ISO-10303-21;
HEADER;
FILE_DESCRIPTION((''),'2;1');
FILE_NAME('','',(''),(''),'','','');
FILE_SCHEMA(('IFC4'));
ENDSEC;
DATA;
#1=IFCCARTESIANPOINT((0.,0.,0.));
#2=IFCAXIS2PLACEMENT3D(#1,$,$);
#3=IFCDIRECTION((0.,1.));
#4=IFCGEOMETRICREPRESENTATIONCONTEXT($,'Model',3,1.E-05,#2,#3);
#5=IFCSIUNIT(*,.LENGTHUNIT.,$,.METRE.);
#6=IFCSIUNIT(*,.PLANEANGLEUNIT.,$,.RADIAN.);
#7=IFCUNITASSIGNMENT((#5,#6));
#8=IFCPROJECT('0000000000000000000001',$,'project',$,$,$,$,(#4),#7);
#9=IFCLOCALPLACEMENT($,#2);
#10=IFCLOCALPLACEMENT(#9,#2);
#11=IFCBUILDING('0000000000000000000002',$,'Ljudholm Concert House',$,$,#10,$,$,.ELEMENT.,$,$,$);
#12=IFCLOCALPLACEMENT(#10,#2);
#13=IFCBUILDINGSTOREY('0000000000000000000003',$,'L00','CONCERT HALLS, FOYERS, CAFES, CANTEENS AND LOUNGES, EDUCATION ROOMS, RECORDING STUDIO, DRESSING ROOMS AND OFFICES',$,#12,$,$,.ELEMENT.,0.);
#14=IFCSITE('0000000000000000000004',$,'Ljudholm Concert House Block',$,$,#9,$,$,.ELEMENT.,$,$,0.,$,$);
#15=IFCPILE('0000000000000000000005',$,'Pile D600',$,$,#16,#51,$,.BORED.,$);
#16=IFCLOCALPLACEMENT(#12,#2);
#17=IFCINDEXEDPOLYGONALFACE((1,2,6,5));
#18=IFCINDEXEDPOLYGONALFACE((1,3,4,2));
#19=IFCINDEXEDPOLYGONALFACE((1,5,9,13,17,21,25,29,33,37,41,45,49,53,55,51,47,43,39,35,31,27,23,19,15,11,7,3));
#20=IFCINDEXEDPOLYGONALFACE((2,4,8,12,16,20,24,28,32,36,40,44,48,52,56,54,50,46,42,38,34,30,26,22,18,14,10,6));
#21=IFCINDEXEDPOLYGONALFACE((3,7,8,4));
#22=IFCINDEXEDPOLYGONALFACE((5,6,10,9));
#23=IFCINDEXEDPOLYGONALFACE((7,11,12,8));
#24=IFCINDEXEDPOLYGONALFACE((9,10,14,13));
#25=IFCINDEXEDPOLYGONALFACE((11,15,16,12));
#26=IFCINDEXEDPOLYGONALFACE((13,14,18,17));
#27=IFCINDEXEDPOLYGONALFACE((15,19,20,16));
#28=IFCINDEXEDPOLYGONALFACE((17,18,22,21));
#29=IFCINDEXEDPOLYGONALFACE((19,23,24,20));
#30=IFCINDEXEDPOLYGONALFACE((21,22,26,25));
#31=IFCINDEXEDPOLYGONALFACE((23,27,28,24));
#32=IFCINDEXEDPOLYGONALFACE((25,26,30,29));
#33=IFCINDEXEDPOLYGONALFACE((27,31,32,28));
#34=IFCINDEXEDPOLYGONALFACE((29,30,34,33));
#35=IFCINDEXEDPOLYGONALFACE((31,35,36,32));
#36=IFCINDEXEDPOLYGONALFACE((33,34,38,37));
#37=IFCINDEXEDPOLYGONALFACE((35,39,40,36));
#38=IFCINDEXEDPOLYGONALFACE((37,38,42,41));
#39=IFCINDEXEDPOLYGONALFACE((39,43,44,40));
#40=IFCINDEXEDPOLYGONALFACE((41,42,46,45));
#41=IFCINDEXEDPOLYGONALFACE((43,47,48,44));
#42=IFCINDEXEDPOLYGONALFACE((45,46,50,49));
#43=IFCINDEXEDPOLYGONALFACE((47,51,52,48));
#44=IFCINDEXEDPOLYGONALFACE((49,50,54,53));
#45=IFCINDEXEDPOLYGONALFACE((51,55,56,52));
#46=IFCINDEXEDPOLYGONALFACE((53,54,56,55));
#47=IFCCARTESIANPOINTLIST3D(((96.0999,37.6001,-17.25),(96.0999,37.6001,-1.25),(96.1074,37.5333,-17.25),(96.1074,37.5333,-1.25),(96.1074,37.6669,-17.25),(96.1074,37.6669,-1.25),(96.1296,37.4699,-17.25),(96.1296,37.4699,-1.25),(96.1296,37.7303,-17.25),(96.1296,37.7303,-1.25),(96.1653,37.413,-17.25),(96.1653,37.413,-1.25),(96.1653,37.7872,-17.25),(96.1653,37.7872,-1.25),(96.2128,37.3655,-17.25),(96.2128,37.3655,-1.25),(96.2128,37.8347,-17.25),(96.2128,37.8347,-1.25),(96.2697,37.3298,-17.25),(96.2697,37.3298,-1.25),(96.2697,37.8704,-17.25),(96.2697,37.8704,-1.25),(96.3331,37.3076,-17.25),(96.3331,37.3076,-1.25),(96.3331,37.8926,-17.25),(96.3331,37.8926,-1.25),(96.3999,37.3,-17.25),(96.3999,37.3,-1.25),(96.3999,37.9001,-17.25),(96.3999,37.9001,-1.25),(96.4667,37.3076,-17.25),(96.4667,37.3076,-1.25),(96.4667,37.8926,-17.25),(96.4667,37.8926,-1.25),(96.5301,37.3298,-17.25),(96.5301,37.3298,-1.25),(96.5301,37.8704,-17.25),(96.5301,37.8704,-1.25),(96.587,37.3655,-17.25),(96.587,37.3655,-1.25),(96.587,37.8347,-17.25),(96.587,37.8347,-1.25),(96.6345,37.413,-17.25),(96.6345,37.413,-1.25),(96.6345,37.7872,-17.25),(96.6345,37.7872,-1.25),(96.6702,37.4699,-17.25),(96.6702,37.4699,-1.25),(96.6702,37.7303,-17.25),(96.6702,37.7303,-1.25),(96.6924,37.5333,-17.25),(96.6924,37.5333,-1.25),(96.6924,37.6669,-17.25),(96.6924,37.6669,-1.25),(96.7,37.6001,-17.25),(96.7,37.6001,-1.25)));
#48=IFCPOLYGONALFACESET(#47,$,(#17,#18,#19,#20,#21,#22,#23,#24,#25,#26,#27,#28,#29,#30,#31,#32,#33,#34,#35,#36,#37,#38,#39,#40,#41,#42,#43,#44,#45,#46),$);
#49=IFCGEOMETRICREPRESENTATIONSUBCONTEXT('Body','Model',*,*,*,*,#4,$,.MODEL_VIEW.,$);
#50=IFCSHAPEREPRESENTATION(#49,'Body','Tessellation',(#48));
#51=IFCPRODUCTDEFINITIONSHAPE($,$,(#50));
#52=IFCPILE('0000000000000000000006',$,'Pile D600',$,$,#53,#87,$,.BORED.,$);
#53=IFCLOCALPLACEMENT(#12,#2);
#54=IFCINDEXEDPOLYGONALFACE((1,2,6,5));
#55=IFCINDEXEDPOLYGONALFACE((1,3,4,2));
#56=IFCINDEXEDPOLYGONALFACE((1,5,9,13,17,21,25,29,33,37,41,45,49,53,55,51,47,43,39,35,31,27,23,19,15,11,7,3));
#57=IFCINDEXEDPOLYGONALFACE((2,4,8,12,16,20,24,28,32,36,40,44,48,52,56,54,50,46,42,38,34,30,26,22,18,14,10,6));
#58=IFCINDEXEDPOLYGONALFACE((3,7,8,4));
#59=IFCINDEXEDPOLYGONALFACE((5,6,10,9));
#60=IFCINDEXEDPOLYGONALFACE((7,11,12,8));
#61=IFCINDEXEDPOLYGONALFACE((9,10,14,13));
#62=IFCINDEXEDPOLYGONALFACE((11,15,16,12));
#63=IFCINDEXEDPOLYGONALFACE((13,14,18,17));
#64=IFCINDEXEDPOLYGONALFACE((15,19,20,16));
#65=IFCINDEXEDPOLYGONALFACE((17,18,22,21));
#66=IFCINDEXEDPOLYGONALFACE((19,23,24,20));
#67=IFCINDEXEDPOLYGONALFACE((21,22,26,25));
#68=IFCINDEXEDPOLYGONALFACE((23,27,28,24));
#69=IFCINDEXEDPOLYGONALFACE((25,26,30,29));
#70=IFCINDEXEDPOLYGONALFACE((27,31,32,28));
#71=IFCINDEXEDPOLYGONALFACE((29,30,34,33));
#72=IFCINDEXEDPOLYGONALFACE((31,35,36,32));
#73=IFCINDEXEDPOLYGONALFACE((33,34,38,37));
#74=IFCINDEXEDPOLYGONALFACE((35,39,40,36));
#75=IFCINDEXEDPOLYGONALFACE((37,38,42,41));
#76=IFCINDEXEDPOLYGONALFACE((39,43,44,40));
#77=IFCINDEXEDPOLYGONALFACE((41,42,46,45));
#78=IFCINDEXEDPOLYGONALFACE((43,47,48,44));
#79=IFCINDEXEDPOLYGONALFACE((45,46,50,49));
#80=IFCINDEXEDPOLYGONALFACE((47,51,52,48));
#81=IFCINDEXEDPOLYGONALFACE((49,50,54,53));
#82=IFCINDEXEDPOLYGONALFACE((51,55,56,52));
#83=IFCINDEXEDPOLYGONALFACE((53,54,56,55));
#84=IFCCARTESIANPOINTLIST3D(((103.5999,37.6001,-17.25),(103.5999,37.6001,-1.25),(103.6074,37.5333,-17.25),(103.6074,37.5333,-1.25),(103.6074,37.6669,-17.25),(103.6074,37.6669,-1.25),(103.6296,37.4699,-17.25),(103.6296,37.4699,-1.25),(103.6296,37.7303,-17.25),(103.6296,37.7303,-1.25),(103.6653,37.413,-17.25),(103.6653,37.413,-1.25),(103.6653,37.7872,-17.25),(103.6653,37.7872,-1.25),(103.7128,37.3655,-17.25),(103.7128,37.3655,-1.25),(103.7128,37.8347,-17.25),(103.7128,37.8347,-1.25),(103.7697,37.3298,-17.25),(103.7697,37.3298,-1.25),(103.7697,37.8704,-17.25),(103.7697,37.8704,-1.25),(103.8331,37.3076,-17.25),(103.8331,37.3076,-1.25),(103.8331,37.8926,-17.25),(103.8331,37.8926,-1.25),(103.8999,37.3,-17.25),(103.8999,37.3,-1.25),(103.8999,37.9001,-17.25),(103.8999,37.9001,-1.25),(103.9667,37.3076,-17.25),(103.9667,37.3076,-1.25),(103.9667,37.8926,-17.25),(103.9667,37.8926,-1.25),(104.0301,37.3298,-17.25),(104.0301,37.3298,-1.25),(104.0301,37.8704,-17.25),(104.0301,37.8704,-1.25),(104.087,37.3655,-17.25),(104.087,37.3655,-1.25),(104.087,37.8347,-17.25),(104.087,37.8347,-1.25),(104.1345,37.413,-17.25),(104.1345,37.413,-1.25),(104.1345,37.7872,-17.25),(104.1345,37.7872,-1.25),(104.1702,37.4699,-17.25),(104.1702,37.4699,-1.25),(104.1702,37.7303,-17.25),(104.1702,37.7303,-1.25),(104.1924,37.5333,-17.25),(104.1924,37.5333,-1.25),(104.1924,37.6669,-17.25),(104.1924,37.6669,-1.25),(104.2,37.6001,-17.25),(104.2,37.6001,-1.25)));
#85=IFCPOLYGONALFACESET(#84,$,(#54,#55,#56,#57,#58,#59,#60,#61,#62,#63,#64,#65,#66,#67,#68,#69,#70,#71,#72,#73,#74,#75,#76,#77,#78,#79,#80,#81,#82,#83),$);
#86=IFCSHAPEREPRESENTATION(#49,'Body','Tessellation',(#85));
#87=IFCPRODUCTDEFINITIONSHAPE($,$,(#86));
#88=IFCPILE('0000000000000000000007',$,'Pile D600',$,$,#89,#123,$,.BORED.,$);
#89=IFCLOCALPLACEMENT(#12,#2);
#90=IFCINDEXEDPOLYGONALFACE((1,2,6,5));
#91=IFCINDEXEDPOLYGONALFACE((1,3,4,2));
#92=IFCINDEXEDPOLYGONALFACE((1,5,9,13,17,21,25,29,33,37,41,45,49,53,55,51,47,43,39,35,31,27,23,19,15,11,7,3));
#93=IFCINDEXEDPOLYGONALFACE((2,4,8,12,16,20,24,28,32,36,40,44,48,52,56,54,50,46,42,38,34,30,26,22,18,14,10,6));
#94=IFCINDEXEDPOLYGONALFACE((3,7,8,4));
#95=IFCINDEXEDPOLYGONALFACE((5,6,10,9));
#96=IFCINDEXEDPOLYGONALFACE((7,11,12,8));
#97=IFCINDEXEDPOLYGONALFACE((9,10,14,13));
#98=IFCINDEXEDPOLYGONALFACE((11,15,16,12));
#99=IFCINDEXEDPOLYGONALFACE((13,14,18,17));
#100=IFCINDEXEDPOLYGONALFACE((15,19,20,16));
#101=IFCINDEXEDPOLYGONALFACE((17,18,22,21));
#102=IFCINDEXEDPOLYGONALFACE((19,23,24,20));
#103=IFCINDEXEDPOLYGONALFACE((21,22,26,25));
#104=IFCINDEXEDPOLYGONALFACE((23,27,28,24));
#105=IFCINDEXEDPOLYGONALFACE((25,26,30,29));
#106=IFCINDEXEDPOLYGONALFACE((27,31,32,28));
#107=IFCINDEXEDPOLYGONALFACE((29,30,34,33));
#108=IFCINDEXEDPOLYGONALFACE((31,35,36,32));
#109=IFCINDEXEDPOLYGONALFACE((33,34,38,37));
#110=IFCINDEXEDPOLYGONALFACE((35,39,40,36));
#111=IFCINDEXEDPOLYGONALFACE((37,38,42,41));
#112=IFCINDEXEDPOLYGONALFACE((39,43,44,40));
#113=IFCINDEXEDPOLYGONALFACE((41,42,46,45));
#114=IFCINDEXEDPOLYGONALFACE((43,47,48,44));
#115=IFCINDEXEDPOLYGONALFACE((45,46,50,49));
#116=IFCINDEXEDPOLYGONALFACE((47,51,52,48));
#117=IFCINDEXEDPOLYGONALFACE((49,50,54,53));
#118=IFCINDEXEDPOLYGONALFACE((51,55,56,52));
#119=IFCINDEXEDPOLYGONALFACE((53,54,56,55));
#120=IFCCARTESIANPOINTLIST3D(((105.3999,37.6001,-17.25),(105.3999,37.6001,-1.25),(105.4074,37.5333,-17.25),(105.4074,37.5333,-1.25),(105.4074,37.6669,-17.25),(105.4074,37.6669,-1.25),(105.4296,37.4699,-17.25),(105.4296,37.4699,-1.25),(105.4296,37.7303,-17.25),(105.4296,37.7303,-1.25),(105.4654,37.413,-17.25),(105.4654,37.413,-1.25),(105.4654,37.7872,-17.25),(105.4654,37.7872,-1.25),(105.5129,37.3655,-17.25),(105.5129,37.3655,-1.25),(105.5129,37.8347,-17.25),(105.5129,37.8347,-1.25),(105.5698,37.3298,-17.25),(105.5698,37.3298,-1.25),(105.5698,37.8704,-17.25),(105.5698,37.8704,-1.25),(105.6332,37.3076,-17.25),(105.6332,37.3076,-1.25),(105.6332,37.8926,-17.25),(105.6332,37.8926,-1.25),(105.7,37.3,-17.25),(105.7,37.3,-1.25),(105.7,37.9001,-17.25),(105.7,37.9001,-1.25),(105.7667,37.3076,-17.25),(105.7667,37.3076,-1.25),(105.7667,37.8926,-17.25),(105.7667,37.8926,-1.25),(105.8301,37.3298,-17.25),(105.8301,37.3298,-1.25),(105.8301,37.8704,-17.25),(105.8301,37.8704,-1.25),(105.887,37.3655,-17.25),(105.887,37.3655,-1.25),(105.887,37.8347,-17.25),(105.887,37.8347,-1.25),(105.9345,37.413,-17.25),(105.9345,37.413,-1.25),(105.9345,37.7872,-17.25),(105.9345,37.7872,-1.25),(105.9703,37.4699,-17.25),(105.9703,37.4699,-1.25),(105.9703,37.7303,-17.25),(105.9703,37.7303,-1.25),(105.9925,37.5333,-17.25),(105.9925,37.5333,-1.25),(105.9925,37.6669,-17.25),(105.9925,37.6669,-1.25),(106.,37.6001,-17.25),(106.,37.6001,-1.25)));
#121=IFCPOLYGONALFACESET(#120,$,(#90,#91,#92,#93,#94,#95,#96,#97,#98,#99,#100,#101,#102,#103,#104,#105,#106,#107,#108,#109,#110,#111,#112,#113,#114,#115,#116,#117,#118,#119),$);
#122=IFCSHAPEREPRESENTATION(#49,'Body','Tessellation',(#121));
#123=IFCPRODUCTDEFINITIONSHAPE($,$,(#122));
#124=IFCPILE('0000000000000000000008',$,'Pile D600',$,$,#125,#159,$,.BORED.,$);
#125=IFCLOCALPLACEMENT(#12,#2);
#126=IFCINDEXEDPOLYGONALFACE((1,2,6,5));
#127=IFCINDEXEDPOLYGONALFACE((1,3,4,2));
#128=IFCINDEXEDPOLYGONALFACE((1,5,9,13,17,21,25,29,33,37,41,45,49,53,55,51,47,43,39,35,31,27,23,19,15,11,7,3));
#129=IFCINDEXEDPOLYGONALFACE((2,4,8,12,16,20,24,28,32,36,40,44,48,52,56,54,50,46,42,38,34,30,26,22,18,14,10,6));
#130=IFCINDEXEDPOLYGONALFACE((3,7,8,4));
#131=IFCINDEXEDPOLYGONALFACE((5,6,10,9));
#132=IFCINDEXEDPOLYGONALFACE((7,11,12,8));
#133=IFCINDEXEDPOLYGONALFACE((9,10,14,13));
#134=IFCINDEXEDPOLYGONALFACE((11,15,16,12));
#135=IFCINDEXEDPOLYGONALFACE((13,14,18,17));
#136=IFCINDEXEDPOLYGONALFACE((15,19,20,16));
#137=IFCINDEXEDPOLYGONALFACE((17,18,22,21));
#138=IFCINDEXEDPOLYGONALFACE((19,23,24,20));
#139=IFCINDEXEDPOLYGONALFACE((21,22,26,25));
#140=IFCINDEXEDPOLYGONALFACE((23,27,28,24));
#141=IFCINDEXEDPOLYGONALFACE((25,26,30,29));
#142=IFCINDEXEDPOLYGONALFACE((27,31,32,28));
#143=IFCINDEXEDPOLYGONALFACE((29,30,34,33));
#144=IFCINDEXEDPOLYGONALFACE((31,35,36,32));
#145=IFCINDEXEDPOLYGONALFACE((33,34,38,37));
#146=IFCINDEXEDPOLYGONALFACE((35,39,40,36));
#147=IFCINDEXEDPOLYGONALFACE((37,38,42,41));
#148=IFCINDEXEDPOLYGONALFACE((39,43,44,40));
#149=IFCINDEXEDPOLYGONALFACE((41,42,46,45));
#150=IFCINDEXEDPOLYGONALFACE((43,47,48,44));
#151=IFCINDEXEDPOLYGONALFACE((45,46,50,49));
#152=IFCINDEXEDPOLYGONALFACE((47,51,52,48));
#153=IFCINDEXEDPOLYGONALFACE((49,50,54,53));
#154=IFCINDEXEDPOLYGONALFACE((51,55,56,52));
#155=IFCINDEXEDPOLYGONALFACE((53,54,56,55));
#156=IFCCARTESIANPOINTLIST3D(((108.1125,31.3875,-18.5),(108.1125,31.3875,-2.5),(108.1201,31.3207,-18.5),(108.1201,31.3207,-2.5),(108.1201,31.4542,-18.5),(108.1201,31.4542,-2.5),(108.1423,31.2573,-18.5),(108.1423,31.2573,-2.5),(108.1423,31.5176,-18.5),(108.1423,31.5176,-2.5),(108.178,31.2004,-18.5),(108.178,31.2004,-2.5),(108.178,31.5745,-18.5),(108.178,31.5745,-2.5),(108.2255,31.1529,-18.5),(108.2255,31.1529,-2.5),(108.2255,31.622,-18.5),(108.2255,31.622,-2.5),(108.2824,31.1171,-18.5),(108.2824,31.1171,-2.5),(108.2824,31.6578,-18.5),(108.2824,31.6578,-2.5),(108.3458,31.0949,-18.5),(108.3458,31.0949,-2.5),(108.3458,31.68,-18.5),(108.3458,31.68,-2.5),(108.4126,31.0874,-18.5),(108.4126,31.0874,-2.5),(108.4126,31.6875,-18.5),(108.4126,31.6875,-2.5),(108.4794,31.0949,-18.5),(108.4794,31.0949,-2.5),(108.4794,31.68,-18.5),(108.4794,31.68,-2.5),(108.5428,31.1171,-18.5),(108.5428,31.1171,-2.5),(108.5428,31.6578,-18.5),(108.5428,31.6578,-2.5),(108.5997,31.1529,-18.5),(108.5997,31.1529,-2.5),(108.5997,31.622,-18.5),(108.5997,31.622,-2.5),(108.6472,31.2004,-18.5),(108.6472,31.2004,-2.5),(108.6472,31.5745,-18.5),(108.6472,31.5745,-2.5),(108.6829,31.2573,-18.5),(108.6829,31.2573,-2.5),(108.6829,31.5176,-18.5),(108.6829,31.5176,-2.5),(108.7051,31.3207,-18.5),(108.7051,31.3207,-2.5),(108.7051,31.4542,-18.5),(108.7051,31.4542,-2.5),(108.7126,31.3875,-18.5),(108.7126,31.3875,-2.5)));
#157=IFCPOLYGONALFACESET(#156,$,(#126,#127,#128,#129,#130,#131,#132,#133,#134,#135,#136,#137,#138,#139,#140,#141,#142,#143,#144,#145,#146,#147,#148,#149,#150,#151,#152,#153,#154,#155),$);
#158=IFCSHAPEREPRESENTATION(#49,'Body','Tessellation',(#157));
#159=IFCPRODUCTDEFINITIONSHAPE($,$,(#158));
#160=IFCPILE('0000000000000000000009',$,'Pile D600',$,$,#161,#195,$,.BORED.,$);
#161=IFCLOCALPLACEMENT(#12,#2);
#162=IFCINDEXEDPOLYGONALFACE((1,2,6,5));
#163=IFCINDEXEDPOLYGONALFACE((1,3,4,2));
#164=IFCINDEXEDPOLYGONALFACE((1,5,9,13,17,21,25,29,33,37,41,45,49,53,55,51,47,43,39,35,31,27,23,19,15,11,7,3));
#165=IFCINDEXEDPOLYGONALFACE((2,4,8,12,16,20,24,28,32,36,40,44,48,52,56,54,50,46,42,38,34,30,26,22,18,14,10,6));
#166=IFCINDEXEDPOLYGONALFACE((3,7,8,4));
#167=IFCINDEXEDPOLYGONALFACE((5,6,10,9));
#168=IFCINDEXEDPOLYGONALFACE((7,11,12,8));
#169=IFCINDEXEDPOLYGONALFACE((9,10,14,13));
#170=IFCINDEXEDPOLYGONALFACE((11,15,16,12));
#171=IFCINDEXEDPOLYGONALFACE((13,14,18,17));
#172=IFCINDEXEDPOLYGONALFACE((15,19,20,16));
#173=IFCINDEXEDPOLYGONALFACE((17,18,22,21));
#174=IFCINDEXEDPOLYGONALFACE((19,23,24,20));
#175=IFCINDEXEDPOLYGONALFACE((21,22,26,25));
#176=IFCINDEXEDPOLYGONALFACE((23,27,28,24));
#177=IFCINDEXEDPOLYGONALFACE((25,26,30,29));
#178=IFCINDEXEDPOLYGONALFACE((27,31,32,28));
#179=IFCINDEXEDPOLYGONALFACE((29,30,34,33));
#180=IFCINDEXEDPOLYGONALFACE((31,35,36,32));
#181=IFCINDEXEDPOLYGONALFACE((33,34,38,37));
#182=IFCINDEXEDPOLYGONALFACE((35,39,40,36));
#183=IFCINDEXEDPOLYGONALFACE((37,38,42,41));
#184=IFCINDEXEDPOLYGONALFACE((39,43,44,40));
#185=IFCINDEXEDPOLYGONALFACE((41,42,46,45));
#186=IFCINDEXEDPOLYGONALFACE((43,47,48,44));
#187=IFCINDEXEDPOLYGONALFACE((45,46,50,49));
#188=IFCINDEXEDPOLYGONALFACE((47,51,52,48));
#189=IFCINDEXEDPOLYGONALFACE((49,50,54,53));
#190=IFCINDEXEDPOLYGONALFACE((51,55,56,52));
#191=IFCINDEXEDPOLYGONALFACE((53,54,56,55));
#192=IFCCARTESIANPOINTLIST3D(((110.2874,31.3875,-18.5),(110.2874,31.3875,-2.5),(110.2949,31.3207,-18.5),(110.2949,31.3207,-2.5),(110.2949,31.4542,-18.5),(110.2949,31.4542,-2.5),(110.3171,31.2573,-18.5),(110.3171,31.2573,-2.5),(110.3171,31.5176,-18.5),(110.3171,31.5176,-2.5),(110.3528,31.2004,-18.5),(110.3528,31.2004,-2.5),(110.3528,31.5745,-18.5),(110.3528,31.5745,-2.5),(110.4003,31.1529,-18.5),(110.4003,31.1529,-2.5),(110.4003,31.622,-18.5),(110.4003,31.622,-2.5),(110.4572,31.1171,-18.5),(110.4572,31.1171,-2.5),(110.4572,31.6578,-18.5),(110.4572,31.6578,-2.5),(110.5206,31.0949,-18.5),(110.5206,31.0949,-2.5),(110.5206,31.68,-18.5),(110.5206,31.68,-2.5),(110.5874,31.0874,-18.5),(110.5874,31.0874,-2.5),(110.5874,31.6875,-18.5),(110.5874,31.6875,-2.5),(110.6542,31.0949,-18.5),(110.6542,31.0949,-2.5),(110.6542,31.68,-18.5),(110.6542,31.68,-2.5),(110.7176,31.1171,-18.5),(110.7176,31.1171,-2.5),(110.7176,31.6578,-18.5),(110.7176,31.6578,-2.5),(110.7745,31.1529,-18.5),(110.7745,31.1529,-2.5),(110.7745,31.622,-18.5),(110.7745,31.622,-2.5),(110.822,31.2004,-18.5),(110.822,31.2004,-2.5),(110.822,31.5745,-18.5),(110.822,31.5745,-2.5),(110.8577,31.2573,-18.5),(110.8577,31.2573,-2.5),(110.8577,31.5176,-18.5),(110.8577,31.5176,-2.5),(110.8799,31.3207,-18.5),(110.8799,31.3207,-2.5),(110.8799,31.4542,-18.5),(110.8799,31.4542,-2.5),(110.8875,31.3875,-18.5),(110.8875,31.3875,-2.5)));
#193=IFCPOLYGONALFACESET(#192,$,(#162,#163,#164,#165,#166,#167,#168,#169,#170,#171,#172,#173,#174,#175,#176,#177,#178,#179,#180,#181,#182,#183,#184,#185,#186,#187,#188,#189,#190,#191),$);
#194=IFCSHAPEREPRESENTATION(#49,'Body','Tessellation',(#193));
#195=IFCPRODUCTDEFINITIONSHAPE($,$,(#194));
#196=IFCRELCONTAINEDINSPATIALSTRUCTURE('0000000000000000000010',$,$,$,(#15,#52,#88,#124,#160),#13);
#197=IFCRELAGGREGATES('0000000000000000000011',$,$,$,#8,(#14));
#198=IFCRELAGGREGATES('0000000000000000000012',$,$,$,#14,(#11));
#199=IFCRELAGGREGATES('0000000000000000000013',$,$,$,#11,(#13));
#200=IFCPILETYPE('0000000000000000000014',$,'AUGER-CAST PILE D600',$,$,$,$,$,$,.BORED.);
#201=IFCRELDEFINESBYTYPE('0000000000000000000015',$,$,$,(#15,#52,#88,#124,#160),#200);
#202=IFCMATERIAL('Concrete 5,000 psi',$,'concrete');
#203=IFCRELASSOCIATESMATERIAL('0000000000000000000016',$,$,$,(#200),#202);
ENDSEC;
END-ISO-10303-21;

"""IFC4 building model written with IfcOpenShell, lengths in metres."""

from ifc_helpers import new_model, si_unit, direction, frame, origin, origin_2d, place, context, subcontext, project, spatial, circle, extrude, material, material_profile, profile_set, type_object, element, save


model = new_model("IFC4")

# Units and contexts
model_context = context("Model", 3, precision=1e-05, world=origin(), true_north=direction((0.0, 1.0)))
body_context = subcontext(model_context, "Body", "Model", "MODEL_VIEW")
ifc_project = project(units=[si_unit("LENGTHUNIT", "METRE"), si_unit("PLANEANGLEUNIT", "RADIAN")], contexts=[model_context])

# Site, building, storey
site_placement = place(None, origin())
site = spatial("IfcSite", under=ifc_project, at=site_placement, Name="Ljudholm Concert House Block", CompositionType="ELEMENT", RefElevation=0.0)
building_placement = place(site_placement, origin())
building = spatial("IfcBuilding", under=site, at=building_placement, Name="Ljudholm Concert House", CompositionType="ELEMENT")
storey_placement = place(building_placement, origin())
storey = spatial("IfcBuildingStorey", under=building, at=storey_placement, Name="L00", Description="CONCERT HALLS, FOYERS, CAFES, CANTEENS AND LOUNGES, EDUCATION ROOMS, RECORDING STUDIO, DRESSING ROOMS AND OFFICES", CompositionType="ELEMENT", Elevation=0.0)

# Piles
ifc_material_1 = material(Name="Concrete 5,000 psi", Category="concrete")
ifc_material_profile_1 = material_profile(ifc_material_1, circle(Radius=0.3, at=origin_2d()), Name="AUGER-CAST PILE D600")
ifc_profile_set_1 = profile_set([ifc_material_profile_1], Name="Concrete 5,000 psi")
pile_type = type_object("IfcPileType", Name="AUGER-CAST PILE D600", PredefinedType="BORED", material=ifc_profile_set_1)
for number, where, z_axis, x_axis, name in (
    (1, (96.3999, 37.6001, -1.25), (0.0, 0.0, -1.0), (1.0, 0.0, 0.0), "Pile D600"),
    (2, (103.8999, 37.6001, -1.25), (0.0, 0.0, -1.0), (1.0, 0.0, 0.0), "Pile D600"),
    (3, (105.7, 37.6001, -1.25), (0.0, 0.0, -1.0), (1.0, 0.0, 0.0), "Pile D600"),
    (4, (108.4126, 31.3875, -2.5), (0.0, 0.0, -1.0), (1.0, 0.0, 0.0), "Pile D600"),
    (5, (110.5874, 31.3875, -2.5), (0.0, 0.0, -1.0), (1.0, 0.0, 0.0), "Pile D600"),
):
    element("IfcPile", number, at=place(storey_placement, frame(where, z_axis=z_axis, x_axis=x_axis)), inside=storey, type_object=pile_type, Name=name, PredefinedType="BORED", context=body_context, shape_type="SweptSolid", body=[
        extrude(circle(Radius=0.3, at=origin_2d()), origin(), (0.0, 0.0, 1.0), 16.0),
    ])

save(model, "model.ifc")
